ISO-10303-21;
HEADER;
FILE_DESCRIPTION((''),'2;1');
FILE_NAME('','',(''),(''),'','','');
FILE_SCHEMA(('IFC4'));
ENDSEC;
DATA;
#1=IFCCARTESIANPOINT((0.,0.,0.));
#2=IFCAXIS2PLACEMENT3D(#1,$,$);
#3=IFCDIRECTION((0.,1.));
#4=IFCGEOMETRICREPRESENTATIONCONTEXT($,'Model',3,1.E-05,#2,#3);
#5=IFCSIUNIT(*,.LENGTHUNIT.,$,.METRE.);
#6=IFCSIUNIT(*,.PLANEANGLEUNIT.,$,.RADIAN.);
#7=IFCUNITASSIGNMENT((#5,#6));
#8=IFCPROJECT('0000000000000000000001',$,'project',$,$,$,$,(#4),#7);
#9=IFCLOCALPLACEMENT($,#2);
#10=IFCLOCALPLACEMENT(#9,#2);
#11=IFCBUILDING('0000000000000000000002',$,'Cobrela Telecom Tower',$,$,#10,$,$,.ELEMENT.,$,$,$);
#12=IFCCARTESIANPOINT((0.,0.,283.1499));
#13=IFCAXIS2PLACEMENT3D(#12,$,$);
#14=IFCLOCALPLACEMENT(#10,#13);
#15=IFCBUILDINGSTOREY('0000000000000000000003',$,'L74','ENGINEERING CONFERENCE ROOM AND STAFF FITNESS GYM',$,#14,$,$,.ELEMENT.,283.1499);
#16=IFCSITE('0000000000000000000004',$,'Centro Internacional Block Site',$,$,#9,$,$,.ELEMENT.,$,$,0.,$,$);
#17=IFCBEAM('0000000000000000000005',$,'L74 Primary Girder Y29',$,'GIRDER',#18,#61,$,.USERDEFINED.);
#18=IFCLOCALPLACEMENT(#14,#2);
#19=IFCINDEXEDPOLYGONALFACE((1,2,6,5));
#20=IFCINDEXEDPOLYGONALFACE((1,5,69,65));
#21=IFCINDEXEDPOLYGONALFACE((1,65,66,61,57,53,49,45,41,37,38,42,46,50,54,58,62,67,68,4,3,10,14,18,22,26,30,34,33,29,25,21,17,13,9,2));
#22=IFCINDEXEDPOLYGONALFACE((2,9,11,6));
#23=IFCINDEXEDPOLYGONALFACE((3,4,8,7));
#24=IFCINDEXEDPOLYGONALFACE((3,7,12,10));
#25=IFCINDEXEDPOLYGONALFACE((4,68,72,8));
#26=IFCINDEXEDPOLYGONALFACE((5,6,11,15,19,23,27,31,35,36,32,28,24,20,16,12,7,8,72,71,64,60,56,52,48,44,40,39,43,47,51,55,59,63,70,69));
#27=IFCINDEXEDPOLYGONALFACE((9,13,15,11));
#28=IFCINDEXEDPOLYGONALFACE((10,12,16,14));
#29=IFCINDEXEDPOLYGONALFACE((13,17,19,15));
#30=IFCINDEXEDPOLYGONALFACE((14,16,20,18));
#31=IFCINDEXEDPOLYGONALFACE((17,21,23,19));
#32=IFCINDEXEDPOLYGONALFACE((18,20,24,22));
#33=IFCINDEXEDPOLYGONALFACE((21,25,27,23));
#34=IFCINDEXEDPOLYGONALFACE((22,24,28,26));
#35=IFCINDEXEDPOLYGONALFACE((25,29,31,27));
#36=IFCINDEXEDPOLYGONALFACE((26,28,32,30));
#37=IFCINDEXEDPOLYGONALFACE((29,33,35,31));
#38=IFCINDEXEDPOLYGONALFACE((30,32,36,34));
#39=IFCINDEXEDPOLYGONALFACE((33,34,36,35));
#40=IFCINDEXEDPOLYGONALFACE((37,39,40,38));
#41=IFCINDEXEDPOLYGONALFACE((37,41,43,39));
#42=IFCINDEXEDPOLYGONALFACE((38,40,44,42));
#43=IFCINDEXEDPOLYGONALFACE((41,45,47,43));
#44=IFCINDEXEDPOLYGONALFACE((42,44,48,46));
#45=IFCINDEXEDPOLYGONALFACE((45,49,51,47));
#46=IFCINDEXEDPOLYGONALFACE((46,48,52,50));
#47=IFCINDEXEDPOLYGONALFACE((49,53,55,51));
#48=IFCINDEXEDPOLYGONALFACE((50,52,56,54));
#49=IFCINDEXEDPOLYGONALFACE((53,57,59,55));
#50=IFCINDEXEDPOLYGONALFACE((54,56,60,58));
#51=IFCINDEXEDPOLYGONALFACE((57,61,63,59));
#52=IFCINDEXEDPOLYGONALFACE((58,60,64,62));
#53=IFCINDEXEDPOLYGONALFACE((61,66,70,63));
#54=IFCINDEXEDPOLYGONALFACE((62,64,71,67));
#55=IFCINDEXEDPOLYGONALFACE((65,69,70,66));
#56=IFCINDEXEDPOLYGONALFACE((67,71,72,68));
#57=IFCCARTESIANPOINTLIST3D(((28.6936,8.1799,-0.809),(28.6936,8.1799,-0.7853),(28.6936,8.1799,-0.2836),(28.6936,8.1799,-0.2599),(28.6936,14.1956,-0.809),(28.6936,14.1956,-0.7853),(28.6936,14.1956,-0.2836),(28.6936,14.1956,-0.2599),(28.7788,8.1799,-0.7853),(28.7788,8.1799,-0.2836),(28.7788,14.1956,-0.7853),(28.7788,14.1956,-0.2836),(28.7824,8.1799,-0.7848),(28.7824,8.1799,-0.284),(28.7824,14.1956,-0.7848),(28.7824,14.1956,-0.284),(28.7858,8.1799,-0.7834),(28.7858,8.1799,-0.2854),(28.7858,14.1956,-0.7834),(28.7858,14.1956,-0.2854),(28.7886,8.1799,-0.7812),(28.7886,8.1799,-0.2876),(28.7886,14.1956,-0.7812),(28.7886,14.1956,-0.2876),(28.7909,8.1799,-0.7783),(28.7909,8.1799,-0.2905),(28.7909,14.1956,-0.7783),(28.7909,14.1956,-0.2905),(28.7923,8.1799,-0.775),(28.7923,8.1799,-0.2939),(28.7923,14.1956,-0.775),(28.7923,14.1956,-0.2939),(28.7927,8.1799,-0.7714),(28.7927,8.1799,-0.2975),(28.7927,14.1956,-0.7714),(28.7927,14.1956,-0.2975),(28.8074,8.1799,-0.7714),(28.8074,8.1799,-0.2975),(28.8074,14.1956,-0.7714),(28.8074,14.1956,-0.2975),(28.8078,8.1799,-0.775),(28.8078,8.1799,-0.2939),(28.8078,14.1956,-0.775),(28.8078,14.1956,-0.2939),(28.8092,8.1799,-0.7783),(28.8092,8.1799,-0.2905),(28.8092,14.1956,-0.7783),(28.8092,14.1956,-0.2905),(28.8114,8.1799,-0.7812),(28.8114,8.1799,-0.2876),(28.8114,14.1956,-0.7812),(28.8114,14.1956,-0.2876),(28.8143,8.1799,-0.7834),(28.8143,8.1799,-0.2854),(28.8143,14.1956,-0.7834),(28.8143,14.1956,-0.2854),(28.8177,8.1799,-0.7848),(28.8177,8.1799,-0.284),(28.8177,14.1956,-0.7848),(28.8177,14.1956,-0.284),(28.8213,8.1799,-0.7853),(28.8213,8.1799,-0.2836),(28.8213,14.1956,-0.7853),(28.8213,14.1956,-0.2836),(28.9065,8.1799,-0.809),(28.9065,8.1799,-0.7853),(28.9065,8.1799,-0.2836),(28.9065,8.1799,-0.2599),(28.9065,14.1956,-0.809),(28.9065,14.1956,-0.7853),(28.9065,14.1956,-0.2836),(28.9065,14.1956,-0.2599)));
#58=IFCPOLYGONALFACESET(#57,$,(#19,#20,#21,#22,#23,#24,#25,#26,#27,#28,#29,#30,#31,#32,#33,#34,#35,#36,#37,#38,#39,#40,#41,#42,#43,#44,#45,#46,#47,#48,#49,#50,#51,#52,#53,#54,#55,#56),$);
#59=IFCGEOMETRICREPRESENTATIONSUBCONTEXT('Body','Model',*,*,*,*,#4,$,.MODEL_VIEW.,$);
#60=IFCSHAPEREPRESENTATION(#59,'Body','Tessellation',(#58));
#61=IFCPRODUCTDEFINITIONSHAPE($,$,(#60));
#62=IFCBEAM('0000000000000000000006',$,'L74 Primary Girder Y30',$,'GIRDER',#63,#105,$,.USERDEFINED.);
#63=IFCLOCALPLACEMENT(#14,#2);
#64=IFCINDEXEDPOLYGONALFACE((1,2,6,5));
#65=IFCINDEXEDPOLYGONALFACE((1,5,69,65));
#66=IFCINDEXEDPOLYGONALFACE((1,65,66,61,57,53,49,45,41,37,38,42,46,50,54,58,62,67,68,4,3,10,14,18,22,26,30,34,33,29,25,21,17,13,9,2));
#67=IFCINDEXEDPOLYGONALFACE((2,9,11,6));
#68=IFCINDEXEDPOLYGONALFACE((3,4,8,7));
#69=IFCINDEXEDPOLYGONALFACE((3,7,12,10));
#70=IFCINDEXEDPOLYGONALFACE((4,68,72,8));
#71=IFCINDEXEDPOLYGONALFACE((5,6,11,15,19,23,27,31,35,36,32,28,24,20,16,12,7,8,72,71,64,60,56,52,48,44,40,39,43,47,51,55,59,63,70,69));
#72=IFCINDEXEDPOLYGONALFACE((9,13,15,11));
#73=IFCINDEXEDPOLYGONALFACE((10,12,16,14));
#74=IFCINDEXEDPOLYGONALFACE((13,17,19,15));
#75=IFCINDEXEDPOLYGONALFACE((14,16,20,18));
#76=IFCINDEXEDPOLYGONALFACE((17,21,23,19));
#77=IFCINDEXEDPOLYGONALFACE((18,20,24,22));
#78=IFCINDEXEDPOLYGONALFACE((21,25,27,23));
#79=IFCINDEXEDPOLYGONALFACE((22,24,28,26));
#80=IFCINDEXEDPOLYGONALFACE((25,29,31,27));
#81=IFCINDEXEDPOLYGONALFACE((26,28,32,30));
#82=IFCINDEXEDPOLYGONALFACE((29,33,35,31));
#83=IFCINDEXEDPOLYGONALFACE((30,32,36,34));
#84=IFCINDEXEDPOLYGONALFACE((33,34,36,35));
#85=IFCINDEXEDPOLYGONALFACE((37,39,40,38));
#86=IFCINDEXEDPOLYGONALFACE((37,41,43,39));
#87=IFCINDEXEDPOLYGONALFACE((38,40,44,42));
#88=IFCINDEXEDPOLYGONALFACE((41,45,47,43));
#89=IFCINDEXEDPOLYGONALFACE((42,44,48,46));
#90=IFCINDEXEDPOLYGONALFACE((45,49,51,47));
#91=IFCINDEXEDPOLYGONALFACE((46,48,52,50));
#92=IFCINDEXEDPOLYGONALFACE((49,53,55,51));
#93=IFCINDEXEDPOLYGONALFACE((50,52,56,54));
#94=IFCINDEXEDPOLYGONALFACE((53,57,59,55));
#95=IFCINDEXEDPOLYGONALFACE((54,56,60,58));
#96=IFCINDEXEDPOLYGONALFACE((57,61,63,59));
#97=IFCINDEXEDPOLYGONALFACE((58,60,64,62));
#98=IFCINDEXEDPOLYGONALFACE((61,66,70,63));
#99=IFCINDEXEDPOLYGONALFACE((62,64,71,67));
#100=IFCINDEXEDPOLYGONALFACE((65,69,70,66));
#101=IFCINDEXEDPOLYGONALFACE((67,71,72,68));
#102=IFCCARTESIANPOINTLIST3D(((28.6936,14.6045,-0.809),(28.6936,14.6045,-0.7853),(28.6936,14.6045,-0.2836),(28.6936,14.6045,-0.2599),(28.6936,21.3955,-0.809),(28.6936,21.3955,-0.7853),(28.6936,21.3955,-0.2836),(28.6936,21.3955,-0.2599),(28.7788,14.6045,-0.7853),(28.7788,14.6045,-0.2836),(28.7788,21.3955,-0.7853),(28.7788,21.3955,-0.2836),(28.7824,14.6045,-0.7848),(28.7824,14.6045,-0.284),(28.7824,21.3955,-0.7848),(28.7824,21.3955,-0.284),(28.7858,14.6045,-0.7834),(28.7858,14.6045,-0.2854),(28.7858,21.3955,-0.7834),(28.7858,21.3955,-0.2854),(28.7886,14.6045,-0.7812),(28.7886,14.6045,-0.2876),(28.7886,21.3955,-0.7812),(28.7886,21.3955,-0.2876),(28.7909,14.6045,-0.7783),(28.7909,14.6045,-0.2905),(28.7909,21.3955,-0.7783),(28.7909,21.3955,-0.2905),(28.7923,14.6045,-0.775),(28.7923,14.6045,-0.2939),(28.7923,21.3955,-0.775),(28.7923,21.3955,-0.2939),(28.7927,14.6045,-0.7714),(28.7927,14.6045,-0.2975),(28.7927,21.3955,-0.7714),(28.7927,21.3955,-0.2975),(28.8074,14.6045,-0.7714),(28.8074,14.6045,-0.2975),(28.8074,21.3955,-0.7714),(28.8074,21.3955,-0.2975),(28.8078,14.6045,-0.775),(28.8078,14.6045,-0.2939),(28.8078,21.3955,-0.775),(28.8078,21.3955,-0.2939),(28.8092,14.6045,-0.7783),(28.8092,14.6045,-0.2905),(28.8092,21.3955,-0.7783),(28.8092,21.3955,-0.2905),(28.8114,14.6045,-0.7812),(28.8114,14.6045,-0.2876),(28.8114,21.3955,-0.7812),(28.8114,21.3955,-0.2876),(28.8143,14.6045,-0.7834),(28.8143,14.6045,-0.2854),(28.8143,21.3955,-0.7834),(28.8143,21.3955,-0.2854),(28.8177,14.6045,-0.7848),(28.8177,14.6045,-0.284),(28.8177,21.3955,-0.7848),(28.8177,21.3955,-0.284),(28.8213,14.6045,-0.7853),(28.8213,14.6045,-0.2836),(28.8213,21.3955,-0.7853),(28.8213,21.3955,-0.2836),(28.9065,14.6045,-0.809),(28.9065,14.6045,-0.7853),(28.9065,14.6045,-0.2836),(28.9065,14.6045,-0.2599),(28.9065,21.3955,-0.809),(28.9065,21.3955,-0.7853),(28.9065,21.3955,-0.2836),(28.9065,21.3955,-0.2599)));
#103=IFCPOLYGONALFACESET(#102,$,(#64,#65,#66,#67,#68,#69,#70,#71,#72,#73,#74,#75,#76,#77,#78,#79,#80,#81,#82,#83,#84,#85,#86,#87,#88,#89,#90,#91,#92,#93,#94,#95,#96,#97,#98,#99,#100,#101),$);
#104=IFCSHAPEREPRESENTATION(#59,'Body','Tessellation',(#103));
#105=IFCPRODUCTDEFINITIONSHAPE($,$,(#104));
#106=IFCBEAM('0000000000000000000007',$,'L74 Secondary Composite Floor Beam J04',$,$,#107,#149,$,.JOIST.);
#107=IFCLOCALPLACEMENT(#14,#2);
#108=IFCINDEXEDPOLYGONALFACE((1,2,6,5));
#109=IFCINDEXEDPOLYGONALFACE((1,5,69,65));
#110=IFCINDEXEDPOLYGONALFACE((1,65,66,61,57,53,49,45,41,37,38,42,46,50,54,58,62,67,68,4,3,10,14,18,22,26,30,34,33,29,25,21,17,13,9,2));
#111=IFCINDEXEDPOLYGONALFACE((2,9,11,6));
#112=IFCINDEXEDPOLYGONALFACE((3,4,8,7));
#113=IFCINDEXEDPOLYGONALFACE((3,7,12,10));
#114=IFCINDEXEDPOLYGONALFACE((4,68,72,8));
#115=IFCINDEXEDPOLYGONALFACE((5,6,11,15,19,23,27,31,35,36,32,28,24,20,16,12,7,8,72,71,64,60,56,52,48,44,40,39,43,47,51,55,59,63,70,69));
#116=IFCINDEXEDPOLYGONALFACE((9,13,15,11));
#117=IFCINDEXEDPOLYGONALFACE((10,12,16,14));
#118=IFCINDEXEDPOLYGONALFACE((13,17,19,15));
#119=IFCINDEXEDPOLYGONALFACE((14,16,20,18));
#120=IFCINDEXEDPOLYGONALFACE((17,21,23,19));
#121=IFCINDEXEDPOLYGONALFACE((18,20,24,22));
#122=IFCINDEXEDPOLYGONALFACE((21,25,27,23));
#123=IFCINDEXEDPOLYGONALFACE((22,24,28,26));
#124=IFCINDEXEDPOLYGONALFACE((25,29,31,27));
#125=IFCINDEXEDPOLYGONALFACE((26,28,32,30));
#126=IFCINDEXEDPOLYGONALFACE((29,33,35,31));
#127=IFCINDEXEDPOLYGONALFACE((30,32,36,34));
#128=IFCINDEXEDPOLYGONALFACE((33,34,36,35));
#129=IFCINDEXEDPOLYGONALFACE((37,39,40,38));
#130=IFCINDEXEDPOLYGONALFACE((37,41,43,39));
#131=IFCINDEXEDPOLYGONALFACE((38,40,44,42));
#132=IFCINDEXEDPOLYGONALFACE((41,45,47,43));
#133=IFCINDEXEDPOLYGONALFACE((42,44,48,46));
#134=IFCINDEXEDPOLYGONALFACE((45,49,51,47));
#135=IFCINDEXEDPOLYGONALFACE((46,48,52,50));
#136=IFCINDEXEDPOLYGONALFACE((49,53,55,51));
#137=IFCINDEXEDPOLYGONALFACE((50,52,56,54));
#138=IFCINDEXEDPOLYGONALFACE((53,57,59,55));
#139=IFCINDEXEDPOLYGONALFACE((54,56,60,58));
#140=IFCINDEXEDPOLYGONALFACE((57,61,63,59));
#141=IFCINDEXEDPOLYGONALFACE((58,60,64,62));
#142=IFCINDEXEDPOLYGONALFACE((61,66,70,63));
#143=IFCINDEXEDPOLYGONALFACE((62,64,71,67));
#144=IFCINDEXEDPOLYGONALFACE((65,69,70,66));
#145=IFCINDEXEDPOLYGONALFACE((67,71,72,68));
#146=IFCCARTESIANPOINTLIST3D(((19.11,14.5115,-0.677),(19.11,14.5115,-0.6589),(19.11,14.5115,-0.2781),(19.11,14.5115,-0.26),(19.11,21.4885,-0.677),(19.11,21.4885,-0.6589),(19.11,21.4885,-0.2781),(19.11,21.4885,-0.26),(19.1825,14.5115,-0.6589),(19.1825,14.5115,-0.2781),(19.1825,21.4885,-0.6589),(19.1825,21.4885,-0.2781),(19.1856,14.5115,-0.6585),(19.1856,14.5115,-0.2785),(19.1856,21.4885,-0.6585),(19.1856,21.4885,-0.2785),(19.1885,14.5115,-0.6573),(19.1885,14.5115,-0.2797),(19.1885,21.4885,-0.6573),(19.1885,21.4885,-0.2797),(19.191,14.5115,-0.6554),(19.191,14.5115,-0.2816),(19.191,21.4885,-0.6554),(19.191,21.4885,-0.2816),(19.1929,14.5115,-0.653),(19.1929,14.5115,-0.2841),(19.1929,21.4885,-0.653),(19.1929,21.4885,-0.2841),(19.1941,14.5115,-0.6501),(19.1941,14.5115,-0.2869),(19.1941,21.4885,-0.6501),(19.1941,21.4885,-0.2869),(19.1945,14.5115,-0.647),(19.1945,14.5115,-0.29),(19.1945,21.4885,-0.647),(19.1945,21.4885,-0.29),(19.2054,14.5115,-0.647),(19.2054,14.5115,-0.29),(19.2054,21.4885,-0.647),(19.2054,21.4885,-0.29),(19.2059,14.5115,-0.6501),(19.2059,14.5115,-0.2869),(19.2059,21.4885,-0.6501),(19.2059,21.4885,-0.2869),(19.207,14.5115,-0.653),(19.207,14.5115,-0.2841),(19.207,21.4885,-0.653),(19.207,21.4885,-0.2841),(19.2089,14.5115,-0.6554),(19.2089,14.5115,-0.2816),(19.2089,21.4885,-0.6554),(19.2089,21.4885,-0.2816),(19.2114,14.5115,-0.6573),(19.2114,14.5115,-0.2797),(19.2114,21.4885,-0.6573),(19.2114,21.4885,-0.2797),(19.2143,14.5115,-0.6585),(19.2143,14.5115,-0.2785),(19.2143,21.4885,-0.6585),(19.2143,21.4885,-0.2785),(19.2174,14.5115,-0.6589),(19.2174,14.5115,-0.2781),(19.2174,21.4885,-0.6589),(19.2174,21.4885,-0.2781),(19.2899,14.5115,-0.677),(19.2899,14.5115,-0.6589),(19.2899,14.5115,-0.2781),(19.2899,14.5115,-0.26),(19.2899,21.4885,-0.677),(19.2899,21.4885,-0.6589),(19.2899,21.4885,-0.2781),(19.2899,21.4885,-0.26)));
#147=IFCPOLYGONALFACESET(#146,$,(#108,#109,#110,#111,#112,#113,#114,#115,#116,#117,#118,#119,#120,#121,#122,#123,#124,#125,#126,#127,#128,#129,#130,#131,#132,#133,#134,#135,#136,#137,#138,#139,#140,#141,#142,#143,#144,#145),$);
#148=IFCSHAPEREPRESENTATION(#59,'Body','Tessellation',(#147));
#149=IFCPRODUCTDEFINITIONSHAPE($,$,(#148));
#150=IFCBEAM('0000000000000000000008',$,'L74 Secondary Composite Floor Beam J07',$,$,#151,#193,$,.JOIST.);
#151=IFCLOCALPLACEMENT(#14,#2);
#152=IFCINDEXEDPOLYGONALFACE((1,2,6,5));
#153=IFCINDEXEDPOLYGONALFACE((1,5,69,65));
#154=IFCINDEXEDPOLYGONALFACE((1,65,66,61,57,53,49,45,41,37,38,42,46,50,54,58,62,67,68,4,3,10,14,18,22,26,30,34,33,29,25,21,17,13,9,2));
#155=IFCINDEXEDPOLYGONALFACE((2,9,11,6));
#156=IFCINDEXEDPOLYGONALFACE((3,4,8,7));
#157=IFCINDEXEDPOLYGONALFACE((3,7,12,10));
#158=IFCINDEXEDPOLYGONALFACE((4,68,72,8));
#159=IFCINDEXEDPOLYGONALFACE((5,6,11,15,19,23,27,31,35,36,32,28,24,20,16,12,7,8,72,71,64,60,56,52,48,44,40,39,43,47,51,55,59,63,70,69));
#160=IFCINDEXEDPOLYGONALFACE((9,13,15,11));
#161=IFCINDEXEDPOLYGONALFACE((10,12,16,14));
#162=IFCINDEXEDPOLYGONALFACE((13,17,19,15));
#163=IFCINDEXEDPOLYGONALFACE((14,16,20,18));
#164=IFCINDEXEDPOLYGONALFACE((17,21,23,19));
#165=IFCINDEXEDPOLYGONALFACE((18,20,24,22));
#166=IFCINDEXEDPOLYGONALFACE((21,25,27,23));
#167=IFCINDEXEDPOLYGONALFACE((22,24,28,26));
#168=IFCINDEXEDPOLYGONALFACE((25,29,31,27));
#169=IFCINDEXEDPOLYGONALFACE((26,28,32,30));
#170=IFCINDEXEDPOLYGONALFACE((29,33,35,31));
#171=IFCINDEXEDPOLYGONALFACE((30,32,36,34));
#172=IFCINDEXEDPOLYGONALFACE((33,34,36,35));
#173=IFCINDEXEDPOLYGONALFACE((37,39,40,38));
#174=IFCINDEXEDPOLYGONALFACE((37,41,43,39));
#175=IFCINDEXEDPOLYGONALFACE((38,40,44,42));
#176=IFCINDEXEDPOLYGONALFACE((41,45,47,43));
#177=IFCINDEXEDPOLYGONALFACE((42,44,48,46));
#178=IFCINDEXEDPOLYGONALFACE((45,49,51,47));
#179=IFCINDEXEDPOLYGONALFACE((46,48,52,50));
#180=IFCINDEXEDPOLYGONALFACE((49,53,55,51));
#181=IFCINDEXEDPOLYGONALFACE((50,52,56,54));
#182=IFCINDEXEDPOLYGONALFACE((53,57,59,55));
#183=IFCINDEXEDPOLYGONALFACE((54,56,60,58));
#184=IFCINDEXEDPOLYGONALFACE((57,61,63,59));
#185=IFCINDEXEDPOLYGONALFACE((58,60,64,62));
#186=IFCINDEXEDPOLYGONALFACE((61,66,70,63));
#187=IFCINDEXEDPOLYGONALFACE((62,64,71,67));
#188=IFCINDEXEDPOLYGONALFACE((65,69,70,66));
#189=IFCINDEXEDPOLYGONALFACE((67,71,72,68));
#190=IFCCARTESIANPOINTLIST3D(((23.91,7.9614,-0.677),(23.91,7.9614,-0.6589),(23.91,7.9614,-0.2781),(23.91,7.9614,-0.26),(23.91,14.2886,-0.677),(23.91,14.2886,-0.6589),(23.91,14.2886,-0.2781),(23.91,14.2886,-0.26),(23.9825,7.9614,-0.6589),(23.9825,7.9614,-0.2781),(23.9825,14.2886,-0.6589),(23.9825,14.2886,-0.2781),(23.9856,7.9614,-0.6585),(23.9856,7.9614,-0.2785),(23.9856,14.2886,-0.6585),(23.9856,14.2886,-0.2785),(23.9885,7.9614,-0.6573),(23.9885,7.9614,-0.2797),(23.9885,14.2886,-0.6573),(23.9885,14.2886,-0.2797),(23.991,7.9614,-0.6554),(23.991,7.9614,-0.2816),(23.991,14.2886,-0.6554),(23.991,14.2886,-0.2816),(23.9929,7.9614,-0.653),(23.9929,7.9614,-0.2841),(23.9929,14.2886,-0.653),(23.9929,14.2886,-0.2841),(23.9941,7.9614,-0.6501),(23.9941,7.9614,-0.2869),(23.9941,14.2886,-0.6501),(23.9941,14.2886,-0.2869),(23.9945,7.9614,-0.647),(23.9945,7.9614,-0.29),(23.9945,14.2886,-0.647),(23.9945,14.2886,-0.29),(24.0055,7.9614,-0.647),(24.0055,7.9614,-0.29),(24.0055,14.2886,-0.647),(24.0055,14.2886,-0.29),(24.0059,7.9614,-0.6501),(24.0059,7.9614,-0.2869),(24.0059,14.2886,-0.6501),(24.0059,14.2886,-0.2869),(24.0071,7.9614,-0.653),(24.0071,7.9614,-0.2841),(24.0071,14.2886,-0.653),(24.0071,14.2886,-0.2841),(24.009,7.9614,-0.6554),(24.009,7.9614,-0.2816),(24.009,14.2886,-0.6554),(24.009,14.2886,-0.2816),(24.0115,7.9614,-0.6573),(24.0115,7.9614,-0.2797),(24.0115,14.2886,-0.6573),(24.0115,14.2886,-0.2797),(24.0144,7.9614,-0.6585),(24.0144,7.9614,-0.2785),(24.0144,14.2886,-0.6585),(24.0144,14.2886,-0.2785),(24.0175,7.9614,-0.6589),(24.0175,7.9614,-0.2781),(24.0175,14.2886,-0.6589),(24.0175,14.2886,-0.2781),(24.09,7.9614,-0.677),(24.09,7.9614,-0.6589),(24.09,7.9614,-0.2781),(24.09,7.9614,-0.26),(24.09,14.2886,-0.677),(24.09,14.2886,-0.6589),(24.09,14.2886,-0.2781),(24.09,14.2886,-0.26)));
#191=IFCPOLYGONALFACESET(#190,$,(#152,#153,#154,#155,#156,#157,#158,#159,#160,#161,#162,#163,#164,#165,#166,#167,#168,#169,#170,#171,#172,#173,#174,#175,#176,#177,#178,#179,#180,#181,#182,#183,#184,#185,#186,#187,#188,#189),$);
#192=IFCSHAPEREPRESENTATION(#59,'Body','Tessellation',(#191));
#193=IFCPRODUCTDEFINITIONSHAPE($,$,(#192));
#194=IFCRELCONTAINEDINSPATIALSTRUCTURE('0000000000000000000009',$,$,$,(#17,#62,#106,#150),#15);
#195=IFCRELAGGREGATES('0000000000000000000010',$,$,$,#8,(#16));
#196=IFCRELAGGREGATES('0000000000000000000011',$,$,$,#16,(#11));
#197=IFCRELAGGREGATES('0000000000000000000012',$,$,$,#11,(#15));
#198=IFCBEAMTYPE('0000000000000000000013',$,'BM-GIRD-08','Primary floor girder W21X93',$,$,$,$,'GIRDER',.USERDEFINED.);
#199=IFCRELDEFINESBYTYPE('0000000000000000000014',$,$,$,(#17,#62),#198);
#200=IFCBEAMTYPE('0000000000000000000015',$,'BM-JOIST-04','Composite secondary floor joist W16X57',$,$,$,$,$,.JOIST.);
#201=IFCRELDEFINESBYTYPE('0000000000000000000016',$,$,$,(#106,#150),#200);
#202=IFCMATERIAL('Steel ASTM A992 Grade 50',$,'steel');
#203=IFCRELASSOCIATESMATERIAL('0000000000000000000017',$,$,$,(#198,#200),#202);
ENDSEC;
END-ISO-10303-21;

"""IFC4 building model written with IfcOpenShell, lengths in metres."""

from ifc_helpers import new_model, si_unit, direction, frame, origin, origin_2d, place, context, subcontext, project, spatial, i_section, extrude, material, material_profile, profile_set, type_object, element, save


model = new_model("IFC4")

# Units and contexts
model_context = context("Model", 3, precision=1e-05, world=origin(), true_north=direction((0.0, 1.0)))
body_context = subcontext(model_context, "Body", "Model", "MODEL_VIEW")
ifc_project = project(units=[si_unit("LENGTHUNIT", "METRE"), si_unit("PLANEANGLEUNIT", "RADIAN")], contexts=[model_context])

# Site, building, storey
site_placement = place(None, origin())
site = spatial("IfcSite", under=ifc_project, at=site_placement, Name="Centro Internacional Block Site", CompositionType="ELEMENT", RefElevation=0.0)
building_placement = place(site_placement, origin())
building = spatial("IfcBuilding", under=site, at=building_placement, Name="Cobrela Telecom Tower", CompositionType="ELEMENT")
storey_placement = place(building_placement, frame((0.0, 0.0, 283.1499)))
storey = spatial("IfcBuildingStorey", under=building, at=storey_placement, Name="L74", Description="ENGINEERING CONFERENCE ROOM AND STAFF FITNESS GYM", CompositionType="ELEMENT", Elevation=283.1499)

# Shared definitions
ifc_material_1 = material(Name="Steel ASTM A992 Grade 50", Category="steel")

# Beams
ifc_material_profile_1 = material_profile(ifc_material_1, i_section(OverallWidth=0.2129, OverallDepth=0.5491, WebThickness=0.0146, FlangeThickness=0.0237, FilletRadius=0.0139, at=origin_2d()), Name="W21X93")
ifc_profile_set_1 = profile_set([ifc_material_profile_1], Name="Steel ASTM A992 Grade 50")
beam_type_1 = type_object("IfcBeamType", Name="BM-GIRD-08", Description="Primary floor girder W21X93", ElementType="GIRDER", PredefinedType="USERDEFINED", material=ifc_profile_set_1)
beam_1_placement = place(storey_placement, frame((28.8, 8.1799, -0.5344), z_axis=(0.0, 1.0, 0.0), x_axis=(-1.0, 0.0, 0.0)))
element("IfcBeam", 1, at=beam_1_placement, inside=storey, type_object=beam_type_1, Name="L74 Primary Girder Y29", ObjectType="GIRDER", PredefinedType="USERDEFINED", context=body_context, shape_type="SweptSolid", body=[
    extrude(i_section(OverallWidth=0.2129, OverallDepth=0.5491, WebThickness=0.0146, FlangeThickness=0.0237, FilletRadius=0.0139, at=origin_2d()), origin(), (0.0, 0.0, 1.0), 6.0156),
])
beam_2_placement = place(storey_placement, frame((28.8, 14.6045, -0.5344), z_axis=(0.0, 1.0, 0.0), x_axis=(-1.0, 0.0, 0.0)))
element("IfcBeam", 2, at=beam_2_placement, inside=storey, type_object=beam_type_1, Name="L74 Primary Girder Y30", ObjectType="GIRDER", PredefinedType="USERDEFINED", context=body_context, shape_type="SweptSolid", body=[
    extrude(i_section(OverallWidth=0.2129, OverallDepth=0.5491, WebThickness=0.0146, FlangeThickness=0.0237, FilletRadius=0.0139, at=origin_2d()), origin(), (0.0, 0.0, 1.0), 6.791),
])
ifc_material_profile_2 = material_profile(ifc_material_1, i_section(OverallWidth=0.1799, OverallDepth=0.417, WebThickness=0.011, FlangeThickness=0.0181, FilletRadius=0.012, at=origin_2d()), Name="W16X57")
ifc_profile_set_2 = profile_set([ifc_material_profile_2], Name="Steel ASTM A992 Grade 50")
beam_type_2 = type_object("IfcBeamType", Name="BM-JOIST-04", Description="Composite secondary floor joist W16X57", PredefinedType="JOIST", material=ifc_profile_set_2)
beam_3_placement = place(storey_placement, frame((19.2, 14.5115, -0.4685), z_axis=(0.0, 1.0, 0.0), x_axis=(-1.0, 0.0, 0.0)))
element("IfcBeam", 3, at=beam_3_placement, inside=storey, type_object=beam_type_2, Name="L74 Secondary Composite Floor Beam J04", PredefinedType="JOIST", context=body_context, shape_type="SweptSolid", body=[
    extrude(i_section(OverallWidth=0.1799, OverallDepth=0.417, WebThickness=0.011, FlangeThickness=0.0181, FilletRadius=0.012, at=origin_2d()), origin(), (0.0, 0.0, 1.0), 6.9771),
])
beam_4_placement = place(storey_placement, frame((24.0, 7.9614, -0.4685), z_axis=(0.0, 1.0, 0.0), x_axis=(-1.0, 0.0, 0.0)))
element("IfcBeam", 4, at=beam_4_placement, inside=storey, type_object=beam_type_2, Name="L74 Secondary Composite Floor Beam J07", PredefinedType="JOIST", context=body_context, shape_type="SweptSolid", body=[
    extrude(i_section(OverallWidth=0.1799, OverallDepth=0.417, WebThickness=0.011, FlangeThickness=0.0181, FilletRadius=0.012, at=origin_2d()), origin(), (0.0, 0.0, 1.0), 6.3271),
])

save(model, "model.ifc")
